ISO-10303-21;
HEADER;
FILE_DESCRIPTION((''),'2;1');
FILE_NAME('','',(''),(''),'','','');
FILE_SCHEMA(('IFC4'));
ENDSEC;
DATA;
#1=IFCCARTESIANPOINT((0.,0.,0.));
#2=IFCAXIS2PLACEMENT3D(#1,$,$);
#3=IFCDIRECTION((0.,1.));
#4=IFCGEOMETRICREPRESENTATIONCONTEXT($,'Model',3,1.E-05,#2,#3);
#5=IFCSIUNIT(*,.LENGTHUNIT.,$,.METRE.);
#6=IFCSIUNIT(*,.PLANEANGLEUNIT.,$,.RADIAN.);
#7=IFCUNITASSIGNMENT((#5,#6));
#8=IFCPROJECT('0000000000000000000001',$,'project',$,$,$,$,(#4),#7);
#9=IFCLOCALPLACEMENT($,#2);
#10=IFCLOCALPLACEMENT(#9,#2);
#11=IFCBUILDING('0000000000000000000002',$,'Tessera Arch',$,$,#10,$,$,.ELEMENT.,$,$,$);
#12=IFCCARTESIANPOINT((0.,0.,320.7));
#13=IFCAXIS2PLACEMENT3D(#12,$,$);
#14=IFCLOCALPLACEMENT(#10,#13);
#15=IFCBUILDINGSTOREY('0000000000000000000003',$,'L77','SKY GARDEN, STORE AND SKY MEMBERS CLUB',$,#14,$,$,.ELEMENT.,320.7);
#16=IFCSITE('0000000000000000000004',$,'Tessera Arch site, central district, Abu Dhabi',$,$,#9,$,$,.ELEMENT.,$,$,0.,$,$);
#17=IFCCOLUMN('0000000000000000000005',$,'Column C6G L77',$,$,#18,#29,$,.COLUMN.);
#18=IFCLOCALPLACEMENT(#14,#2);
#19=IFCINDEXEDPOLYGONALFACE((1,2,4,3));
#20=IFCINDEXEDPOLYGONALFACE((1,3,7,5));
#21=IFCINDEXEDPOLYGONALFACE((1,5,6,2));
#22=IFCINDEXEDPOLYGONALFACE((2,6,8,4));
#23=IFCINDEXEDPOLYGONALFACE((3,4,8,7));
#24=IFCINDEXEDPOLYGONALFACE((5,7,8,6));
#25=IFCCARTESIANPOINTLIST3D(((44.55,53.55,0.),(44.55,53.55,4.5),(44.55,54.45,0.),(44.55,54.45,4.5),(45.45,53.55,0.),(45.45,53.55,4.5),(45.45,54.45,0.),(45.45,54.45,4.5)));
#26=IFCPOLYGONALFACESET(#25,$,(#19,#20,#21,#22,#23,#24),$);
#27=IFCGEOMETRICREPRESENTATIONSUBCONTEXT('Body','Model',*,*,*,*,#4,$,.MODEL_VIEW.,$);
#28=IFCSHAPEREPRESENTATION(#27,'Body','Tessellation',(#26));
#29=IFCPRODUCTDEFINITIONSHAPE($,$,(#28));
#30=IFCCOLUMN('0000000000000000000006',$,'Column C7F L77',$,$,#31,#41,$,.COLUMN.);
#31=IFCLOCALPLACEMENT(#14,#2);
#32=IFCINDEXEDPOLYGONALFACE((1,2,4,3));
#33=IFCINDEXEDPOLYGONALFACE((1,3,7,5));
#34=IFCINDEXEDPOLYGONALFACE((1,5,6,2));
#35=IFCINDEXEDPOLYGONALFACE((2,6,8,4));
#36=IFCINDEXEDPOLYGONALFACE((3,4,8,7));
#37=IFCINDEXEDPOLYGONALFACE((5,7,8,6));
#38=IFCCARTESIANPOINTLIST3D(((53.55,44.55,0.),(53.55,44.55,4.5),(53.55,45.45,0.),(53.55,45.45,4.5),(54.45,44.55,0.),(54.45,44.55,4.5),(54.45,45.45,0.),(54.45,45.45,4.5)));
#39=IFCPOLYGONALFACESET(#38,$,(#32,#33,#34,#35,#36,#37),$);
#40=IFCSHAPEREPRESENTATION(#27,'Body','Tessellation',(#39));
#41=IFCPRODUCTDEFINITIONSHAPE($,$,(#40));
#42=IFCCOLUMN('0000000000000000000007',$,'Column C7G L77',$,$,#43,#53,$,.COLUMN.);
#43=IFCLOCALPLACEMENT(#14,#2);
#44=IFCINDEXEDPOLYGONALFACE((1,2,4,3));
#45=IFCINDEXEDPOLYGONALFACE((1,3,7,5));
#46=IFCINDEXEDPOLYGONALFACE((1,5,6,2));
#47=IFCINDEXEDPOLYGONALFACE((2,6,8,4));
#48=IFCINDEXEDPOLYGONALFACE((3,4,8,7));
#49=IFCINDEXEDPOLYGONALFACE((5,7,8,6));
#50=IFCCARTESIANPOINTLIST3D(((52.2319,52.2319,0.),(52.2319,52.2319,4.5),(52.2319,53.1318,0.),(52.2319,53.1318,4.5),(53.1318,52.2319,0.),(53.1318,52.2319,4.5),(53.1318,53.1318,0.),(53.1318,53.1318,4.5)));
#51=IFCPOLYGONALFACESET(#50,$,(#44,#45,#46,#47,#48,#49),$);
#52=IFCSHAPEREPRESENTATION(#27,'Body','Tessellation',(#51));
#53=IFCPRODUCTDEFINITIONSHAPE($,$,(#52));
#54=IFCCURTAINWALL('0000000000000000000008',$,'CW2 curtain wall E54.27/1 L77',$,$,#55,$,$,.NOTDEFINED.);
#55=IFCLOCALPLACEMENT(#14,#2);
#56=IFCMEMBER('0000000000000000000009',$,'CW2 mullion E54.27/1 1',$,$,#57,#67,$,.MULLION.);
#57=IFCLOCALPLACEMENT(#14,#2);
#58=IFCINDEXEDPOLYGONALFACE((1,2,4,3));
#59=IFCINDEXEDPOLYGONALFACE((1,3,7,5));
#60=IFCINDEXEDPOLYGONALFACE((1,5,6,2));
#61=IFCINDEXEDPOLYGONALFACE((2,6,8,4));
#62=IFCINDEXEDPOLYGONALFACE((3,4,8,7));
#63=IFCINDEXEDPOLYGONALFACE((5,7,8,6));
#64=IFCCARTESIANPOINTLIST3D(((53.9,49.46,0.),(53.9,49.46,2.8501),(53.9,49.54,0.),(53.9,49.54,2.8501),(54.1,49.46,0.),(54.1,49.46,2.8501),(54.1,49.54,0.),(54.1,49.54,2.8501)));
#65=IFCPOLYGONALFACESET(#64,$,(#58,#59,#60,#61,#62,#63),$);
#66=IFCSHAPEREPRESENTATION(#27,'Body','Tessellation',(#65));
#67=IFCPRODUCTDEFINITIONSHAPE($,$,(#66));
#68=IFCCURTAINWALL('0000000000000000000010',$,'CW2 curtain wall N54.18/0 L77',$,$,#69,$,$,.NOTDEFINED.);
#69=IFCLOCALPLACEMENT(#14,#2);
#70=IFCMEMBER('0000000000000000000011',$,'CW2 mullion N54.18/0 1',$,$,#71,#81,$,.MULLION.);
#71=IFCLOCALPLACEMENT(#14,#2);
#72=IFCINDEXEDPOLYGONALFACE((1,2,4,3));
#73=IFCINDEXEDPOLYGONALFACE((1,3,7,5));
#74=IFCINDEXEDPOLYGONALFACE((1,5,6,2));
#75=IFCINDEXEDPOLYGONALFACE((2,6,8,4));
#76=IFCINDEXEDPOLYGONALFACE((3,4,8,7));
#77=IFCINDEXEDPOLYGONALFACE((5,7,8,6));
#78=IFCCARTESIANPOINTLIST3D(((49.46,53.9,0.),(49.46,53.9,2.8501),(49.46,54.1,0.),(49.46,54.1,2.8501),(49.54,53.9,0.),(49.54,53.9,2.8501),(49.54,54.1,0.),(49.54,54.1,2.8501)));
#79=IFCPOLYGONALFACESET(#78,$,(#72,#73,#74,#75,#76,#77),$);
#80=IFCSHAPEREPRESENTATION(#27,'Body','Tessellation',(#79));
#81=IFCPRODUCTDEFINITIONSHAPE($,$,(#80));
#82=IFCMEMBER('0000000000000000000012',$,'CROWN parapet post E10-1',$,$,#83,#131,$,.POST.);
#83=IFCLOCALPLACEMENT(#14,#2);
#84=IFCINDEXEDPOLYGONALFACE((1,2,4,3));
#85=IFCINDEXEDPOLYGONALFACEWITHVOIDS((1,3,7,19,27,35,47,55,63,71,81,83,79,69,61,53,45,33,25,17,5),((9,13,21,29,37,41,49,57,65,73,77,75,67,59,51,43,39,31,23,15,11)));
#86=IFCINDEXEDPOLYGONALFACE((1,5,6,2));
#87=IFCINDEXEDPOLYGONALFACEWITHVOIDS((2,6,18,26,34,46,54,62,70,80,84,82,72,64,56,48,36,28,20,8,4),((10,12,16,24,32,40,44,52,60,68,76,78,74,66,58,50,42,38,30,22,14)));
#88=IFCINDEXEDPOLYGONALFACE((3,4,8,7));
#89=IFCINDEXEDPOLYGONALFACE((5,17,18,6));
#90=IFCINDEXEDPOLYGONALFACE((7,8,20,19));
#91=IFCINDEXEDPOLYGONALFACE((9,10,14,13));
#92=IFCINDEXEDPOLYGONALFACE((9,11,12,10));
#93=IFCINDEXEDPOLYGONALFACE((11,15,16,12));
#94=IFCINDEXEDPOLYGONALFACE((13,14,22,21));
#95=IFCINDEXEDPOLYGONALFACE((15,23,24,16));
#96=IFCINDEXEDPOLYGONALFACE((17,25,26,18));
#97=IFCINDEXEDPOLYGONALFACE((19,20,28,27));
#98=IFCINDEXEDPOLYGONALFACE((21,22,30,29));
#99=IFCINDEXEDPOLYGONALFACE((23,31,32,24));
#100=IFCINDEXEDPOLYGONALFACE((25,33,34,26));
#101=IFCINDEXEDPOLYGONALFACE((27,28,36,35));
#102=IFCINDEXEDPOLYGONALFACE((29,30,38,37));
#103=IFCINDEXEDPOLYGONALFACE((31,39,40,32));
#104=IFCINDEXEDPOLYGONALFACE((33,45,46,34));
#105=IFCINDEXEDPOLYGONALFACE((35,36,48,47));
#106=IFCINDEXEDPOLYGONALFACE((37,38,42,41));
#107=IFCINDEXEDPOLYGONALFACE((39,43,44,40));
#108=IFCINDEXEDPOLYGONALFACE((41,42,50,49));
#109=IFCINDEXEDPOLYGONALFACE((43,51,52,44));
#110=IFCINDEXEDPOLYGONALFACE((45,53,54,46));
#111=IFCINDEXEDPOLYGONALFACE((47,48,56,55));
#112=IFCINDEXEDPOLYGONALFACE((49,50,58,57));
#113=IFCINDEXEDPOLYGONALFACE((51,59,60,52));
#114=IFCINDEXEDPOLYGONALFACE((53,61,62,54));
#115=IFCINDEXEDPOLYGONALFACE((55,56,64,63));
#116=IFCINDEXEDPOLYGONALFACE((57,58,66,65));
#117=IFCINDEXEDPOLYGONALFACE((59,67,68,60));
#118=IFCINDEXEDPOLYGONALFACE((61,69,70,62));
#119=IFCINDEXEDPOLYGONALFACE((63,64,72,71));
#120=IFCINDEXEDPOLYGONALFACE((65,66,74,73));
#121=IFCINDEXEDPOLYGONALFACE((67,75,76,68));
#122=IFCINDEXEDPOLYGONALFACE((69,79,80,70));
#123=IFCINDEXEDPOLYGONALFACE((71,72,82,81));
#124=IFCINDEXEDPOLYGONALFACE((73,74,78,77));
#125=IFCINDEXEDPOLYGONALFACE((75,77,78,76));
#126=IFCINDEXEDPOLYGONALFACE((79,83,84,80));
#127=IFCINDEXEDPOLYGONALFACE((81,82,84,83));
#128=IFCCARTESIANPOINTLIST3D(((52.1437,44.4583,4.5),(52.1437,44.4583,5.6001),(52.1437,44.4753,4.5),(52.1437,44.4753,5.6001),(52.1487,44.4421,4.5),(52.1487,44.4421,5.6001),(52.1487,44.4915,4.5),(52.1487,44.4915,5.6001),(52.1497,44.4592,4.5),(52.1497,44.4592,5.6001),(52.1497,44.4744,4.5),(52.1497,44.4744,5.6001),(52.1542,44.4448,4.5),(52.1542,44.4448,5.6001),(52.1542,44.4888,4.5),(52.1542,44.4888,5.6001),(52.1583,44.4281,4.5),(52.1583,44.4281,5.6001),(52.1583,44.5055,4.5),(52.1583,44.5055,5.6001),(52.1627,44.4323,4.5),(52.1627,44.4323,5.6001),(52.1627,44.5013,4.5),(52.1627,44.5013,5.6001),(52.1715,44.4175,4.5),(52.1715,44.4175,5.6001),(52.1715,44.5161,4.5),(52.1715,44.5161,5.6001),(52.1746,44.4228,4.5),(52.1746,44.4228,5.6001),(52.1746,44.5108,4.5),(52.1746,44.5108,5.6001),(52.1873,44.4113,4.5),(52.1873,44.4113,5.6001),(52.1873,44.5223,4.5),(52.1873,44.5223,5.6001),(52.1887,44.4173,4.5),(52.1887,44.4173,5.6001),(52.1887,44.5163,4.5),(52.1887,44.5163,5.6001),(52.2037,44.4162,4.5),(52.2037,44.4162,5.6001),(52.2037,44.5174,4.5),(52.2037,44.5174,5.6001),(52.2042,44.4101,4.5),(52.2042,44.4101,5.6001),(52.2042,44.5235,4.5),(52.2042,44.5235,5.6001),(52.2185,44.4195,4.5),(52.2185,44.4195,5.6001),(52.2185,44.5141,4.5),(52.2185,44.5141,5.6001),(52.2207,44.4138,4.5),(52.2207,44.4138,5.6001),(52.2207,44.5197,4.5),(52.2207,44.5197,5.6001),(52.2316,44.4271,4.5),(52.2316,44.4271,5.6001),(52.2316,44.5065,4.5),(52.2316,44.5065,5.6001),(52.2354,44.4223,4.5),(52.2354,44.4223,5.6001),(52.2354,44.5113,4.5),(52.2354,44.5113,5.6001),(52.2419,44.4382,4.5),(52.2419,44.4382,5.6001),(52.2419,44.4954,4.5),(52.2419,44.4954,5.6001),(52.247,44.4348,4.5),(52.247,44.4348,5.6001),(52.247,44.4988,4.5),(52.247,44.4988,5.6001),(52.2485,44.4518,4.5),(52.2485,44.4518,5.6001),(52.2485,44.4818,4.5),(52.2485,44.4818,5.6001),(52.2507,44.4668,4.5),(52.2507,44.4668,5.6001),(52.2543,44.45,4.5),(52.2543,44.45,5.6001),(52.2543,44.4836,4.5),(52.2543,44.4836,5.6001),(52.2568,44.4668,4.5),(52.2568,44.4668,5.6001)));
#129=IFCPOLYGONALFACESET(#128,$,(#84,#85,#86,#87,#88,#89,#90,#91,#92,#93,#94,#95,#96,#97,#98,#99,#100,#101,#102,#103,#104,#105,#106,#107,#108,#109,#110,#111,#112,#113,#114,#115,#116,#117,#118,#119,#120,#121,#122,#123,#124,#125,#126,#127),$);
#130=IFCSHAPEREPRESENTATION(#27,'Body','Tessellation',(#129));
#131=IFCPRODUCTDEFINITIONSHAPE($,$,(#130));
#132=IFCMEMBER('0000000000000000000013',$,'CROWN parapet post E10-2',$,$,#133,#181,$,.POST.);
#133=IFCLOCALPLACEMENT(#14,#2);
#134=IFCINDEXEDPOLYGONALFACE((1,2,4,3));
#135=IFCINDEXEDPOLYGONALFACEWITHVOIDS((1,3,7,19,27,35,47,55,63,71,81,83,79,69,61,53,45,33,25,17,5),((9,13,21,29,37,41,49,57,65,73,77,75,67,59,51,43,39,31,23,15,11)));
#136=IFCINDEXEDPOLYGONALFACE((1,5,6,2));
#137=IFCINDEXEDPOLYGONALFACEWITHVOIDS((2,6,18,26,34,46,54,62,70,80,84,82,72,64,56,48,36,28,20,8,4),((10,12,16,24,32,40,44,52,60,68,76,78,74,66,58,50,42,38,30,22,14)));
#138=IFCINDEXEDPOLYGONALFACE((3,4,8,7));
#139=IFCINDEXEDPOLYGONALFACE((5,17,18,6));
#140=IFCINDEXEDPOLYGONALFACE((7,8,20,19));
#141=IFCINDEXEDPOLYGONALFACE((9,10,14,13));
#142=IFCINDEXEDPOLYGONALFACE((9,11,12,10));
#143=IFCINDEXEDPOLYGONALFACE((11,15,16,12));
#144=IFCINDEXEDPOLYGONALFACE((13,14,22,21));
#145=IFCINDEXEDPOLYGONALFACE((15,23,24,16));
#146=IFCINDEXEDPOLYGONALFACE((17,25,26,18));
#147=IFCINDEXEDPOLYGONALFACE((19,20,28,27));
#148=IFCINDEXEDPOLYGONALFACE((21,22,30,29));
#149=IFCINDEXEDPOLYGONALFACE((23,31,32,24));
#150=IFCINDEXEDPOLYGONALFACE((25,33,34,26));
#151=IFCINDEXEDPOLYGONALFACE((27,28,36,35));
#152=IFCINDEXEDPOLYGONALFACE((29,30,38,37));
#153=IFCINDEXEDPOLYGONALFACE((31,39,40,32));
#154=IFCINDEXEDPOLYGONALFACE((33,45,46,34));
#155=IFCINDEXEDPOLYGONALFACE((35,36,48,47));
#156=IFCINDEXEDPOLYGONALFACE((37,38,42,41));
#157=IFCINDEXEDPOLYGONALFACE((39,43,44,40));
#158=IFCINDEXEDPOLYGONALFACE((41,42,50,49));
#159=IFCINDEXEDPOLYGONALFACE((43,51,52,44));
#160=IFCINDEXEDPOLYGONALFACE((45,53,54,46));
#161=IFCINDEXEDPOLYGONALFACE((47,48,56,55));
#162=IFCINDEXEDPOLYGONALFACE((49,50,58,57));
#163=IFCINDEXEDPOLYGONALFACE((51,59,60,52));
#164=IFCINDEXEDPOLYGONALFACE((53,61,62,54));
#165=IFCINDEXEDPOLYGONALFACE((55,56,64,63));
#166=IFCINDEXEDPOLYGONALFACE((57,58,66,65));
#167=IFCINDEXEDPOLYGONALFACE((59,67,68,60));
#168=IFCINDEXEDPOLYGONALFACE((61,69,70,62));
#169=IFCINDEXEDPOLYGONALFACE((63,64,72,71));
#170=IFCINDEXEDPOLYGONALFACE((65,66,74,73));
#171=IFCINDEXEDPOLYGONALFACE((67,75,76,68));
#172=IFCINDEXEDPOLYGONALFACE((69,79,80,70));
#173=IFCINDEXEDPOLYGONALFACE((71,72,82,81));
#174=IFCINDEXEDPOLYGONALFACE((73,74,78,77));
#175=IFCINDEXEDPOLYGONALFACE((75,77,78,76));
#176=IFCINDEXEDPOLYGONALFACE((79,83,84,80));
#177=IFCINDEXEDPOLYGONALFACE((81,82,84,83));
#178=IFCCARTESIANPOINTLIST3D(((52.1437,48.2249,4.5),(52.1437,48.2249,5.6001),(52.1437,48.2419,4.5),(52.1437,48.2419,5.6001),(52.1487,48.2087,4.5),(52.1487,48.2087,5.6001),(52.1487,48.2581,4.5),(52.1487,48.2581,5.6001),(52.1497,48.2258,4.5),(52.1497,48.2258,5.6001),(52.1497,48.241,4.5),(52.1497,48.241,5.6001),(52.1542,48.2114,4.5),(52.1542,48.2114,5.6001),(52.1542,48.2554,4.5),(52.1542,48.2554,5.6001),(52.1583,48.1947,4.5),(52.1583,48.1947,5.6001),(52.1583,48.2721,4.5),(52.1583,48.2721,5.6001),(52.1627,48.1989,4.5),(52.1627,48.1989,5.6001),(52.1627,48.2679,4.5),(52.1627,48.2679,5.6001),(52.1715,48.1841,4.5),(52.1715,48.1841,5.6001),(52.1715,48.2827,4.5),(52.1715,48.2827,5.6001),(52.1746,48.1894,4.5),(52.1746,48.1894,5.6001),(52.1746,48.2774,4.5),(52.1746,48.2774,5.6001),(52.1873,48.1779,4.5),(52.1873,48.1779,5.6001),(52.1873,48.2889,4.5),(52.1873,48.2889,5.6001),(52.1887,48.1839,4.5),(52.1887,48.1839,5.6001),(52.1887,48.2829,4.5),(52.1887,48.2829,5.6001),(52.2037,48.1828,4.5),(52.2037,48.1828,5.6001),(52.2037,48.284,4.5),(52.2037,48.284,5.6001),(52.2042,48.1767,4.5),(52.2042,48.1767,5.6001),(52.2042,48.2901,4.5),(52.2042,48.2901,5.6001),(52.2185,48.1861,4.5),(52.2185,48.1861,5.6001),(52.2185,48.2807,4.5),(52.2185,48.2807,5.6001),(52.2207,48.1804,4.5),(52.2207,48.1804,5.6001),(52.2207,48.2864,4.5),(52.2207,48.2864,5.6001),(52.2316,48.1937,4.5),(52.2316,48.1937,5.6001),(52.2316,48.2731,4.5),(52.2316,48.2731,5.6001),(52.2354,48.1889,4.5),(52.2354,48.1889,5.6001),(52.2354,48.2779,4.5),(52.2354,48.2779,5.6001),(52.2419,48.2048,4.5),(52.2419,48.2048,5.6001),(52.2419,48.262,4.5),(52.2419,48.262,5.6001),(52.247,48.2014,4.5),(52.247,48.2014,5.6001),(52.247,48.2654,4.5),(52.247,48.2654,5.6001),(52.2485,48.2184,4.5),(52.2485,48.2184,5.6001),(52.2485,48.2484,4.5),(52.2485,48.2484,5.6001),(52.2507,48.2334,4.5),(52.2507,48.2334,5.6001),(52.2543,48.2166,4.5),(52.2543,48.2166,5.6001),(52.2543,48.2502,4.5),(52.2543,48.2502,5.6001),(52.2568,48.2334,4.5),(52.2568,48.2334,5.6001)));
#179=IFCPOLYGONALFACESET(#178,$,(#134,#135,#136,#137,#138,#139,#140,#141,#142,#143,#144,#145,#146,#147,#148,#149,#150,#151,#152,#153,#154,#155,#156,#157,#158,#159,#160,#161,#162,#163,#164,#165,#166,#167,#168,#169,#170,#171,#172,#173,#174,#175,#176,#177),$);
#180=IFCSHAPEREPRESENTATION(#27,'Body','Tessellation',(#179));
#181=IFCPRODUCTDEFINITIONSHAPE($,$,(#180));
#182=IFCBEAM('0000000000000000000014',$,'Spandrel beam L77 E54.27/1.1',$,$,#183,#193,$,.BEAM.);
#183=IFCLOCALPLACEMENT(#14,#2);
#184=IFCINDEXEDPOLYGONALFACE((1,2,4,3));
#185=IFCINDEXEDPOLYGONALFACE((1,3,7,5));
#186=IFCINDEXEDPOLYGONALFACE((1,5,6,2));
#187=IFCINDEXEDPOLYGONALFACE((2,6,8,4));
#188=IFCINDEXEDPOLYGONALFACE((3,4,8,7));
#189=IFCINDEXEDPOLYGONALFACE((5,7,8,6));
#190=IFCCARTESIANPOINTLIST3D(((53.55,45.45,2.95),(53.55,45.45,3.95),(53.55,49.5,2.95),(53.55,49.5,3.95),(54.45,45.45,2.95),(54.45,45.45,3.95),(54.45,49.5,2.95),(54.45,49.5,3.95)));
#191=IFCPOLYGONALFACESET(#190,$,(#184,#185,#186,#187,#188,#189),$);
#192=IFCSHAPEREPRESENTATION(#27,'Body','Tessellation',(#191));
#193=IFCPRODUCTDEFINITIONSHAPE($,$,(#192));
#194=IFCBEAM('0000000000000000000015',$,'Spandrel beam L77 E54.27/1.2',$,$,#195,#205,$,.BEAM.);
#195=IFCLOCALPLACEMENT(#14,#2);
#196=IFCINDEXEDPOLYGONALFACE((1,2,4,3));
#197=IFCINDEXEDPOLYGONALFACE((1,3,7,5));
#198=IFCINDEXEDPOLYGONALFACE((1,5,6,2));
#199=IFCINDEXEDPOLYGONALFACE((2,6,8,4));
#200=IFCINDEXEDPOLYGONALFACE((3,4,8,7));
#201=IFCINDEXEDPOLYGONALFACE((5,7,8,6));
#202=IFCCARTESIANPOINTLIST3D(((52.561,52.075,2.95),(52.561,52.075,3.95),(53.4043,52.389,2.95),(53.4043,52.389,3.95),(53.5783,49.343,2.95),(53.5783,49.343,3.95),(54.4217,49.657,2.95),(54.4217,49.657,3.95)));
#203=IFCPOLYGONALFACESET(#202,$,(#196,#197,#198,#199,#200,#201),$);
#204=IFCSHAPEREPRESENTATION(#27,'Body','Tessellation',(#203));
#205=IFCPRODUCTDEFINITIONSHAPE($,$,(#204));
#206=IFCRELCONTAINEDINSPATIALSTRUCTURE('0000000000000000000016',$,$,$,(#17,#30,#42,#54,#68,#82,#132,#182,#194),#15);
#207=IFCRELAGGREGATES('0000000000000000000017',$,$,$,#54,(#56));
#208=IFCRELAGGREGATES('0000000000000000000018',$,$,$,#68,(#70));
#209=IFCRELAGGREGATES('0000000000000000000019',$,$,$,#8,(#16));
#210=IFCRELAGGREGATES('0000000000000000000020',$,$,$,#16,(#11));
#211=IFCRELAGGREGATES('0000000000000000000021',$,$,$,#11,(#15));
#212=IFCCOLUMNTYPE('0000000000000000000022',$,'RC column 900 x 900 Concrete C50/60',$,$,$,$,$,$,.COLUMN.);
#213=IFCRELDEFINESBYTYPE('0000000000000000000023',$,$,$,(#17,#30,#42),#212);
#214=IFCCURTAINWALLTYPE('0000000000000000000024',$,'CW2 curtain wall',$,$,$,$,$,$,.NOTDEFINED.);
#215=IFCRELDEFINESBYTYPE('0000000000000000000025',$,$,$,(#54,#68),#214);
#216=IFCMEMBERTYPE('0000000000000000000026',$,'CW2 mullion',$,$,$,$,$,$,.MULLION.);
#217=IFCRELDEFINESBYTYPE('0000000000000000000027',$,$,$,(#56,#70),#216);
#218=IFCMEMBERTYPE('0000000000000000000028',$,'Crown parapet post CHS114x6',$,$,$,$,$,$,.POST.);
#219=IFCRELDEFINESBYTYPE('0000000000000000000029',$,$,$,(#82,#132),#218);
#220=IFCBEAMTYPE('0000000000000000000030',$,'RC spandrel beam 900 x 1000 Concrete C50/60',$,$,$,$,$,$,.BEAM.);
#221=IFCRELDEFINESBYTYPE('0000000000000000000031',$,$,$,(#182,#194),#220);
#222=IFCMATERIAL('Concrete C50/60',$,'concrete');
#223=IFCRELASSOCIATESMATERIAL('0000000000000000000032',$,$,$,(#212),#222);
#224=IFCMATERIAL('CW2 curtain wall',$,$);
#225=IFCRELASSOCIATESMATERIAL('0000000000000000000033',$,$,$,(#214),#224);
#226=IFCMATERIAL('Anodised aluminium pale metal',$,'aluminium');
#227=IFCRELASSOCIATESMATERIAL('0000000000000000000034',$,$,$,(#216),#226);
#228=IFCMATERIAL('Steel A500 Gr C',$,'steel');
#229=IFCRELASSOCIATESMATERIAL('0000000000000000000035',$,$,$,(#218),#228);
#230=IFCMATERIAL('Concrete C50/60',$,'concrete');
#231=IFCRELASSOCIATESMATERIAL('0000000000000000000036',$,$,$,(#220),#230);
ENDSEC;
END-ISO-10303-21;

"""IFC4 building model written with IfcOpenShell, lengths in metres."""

from ifc_helpers import new_model, si_unit, direction, frame, origin, origin_2d, place, context, subcontext, project, spatial, rectangle, hollow_circle, extrude, material, material_profile, profile_set, type_object, element, aggregate, save


model = new_model("IFC4")

# Units and contexts
model_context = context("Model", 3, precision=1e-05, world=origin(), true_north=direction((0.0, 1.0)))
body_context = subcontext(model_context, "Body", "Model", "MODEL_VIEW")
ifc_project = project(units=[si_unit("LENGTHUNIT", "METRE"), si_unit("PLANEANGLEUNIT", "RADIAN")], contexts=[model_context])

# Site, building, storey
site_placement = place(None, origin())
site = spatial("IfcSite", under=ifc_project, at=site_placement, Name="Tessera Arch site, central district, Abu Dhabi", CompositionType="ELEMENT", RefElevation=0.0)
building_placement = place(site_placement, origin())
building = spatial("IfcBuilding", under=site, at=building_placement, Name="Tessera Arch", CompositionType="ELEMENT")
storey_placement = place(building_placement, frame((0.0, 0.0, 320.7)))
storey = spatial("IfcBuildingStorey", under=building, at=storey_placement, Name="L77", Description="SKY GARDEN, STORE AND SKY MEMBERS CLUB", CompositionType="ELEMENT", Elevation=320.7)

# Columns
ifc_material_1 = material(Name="Concrete C50/60", Category="concrete")
ifc_material_profile_1 = material_profile(ifc_material_1, rectangle(XDim=0.8999, YDim=0.8999, at=origin_2d()), Name="RC column 900 x 900 Concrete C50/60")
ifc_profile_set_1 = profile_set([ifc_material_profile_1], Name="Concrete C50/60")
column_type = type_object("IfcColumnType", Name="RC column 900 x 900 Concrete C50/60", PredefinedType="COLUMN", material=ifc_profile_set_1)
for number, where, z_axis, x_axis, name in (
    (1, (45.0, 54.0, 0.0), (0.0, 0.0, 1.0), (1.0, 0.0, 0.0), "Column C6G L77"),
    (2, (54.0, 45.0, 0.0), (0.0, 0.0, 1.0), (1.0, 0.0, 0.0), "Column C7F L77"),
    (3, (52.6819, 52.6819, 0.0), (0.0, 0.0, 1.0), (1.0, 0.0, 0.0), "Column C7G L77"),
):
    element("IfcColumn", number, at=place(storey_placement, frame(where, z_axis=z_axis, x_axis=x_axis)), inside=storey, type_object=column_type, Name=name, PredefinedType="COLUMN", context=body_context, shape_type="SweptSolid", body=[
        extrude(rectangle(XDim=0.8999, YDim=0.8999, at=origin_2d()), origin(), (0.0, 0.0, 1.0), 4.5),
    ])

# Curtain walls, members
ifc_material_2 = material(Name="CW2 curtain wall")
curtain_wall_type_1 = type_object("IfcCurtainWallType", Name="CW2 curtain wall", PredefinedType="NOTDEFINED", material=ifc_material_2)
curtain_wall_1_placement = place(storey_placement, origin())
curtain_wall_1 = element("IfcCurtainWall", 4, at=curtain_wall_1_placement, inside=storey, type_object=curtain_wall_type_1, Name="CW2 curtain wall E54.27/1 L77", PredefinedType="NOTDEFINED")
ifc_material_3 = material(Name="Anodised aluminium pale metal", Category="aluminium")
ifc_material_profile_2 = material_profile(ifc_material_3, rectangle(XDim=0.2, YDim=0.0801, at=origin_2d()), Name="AL 80x200")
ifc_profile_set_2 = profile_set([ifc_material_profile_2], Name="Anodised aluminium pale metal")
member_type_1 = type_object("IfcMemberType", Name="CW2 mullion", PredefinedType="MULLION", material=ifc_profile_set_2)
member_1_placement = place(storey_placement, frame((54.0, 49.5, 0.0), z_axis=(0.0, 0.0, 1.0), x_axis=(-1.0, 0.0, 0.0)))
member_1 = element("IfcMember", 5, at=member_1_placement, type_object=member_type_1, Name="CW2 mullion E54.27/1 1", PredefinedType="MULLION", context=body_context, shape_type="SweptSolid", body=[
    extrude(rectangle(XDim=0.2, YDim=0.0801, at=origin_2d()), origin(), (0.0, 0.0, 1.0), 2.8501),
])
curtain_wall_2_placement = place(storey_placement, origin())
curtain_wall_2 = element("IfcCurtainWall", 6, at=curtain_wall_2_placement, inside=storey, type_object=curtain_wall_type_1, Name="CW2 curtain wall N54.18/0 L77", PredefinedType="NOTDEFINED")
member_2_placement = place(storey_placement, frame((49.5, 54.0, 0.0), z_axis=(0.0, 0.0, 1.0), x_axis=(0.0, -1.0, 0.0)))
member_2 = element("IfcMember", 7, at=member_2_placement, type_object=member_type_1, Name="CW2 mullion N54.18/0 1", PredefinedType="MULLION", context=body_context, shape_type="SweptSolid", body=[
    extrude(rectangle(XDim=0.2, YDim=0.0801, at=origin_2d()), origin(), (0.0, 0.0, 1.0), 2.8501),
])

# Members
ifc_material_4 = material(Name="Steel A500 Gr C", Category="steel")
ifc_material_profile_3 = material_profile(ifc_material_4, hollow_circle(Radius=0.0569, WallThickness=0.0061, at=origin_2d()), Name="Crown parapet post CHS114x6")
ifc_profile_set_3 = profile_set([ifc_material_profile_3], Name="Steel A500 Gr C")
member_type_2 = type_object("IfcMemberType", Name="Crown parapet post CHS114x6", PredefinedType="POST", material=ifc_profile_set_3)
for number, where, z_axis, x_axis, name in (
    (8, (52.2, 44.4668, 4.5), (0.0, 0.0, 1.0), (1.0, 0.0, 0.0), "CROWN parapet post E10-1"),
    (9, (52.2, 48.2334, 4.5), (0.0, 0.0, 1.0), (1.0, 0.0, 0.0), "CROWN parapet post E10-2"),
):
    element("IfcMember", number, at=place(storey_placement, frame(where, z_axis=z_axis, x_axis=x_axis)), inside=storey, type_object=member_type_2, Name=name, PredefinedType="POST", context=body_context, shape_type="SweptSolid", body=[
        extrude(hollow_circle(Radius=0.0569, WallThickness=0.0061, at=origin_2d()), origin(), (0.0, 0.0, 1.0), 1.1001),
    ])

# Beams
ifc_material_5 = material(Name="Concrete C50/60", Category="concrete")
ifc_material_profile_4 = material_profile(ifc_material_5, rectangle(XDim=0.8999, YDim=1.0, at=origin_2d()), Name="RC spandrel beam 900 x 1000 Concrete C50/60")
ifc_profile_set_4 = profile_set([ifc_material_profile_4], Name="Concrete C50/60")
beam_type = type_object("IfcBeamType", Name="RC spandrel beam 900 x 1000 Concrete C50/60", PredefinedType="BEAM", material=ifc_profile_set_4)
beam_1_placement = place(storey_placement, frame((54.0, 45.45, 3.45), z_axis=(0.0, 1.0, 0.0), x_axis=(-1.0, 0.0, 0.0)))
element("IfcBeam", 10, at=beam_1_placement, inside=storey, type_object=beam_type, Name="Spandrel beam L77 E54.27/1.1", PredefinedType="BEAM", context=body_context, shape_type="SweptSolid", body=[
    extrude(rectangle(XDim=0.8999, YDim=1.0, at=origin_2d()), origin(), (0.0, 0.0, 1.0), 4.05),
])
for number, where, z_axis, x_axis, name in (
    (11, (54.0, 49.5, 3.45), (-0.348975, 0.937132, 0.0), (-0.937132, -0.348975, 0.0), "Spandrel beam L77 E54.27/1.2"),
):
    element("IfcBeam", number, at=place(storey_placement, frame(where, z_axis=z_axis, x_axis=x_axis)), inside=storey, type_object=beam_type, Name=name, PredefinedType="BEAM", context=body_context, shape_type="SweptSolid", body=[
        extrude(rectangle(XDim=0.8999, YDim=1.0, at=origin_2d()), origin(), (0.0, 0.0, 1.0), 2.9153),
    ])

aggregate(curtain_wall_1, [member_1])
aggregate(curtain_wall_2, [member_2])

save(model, "model.ifc")
